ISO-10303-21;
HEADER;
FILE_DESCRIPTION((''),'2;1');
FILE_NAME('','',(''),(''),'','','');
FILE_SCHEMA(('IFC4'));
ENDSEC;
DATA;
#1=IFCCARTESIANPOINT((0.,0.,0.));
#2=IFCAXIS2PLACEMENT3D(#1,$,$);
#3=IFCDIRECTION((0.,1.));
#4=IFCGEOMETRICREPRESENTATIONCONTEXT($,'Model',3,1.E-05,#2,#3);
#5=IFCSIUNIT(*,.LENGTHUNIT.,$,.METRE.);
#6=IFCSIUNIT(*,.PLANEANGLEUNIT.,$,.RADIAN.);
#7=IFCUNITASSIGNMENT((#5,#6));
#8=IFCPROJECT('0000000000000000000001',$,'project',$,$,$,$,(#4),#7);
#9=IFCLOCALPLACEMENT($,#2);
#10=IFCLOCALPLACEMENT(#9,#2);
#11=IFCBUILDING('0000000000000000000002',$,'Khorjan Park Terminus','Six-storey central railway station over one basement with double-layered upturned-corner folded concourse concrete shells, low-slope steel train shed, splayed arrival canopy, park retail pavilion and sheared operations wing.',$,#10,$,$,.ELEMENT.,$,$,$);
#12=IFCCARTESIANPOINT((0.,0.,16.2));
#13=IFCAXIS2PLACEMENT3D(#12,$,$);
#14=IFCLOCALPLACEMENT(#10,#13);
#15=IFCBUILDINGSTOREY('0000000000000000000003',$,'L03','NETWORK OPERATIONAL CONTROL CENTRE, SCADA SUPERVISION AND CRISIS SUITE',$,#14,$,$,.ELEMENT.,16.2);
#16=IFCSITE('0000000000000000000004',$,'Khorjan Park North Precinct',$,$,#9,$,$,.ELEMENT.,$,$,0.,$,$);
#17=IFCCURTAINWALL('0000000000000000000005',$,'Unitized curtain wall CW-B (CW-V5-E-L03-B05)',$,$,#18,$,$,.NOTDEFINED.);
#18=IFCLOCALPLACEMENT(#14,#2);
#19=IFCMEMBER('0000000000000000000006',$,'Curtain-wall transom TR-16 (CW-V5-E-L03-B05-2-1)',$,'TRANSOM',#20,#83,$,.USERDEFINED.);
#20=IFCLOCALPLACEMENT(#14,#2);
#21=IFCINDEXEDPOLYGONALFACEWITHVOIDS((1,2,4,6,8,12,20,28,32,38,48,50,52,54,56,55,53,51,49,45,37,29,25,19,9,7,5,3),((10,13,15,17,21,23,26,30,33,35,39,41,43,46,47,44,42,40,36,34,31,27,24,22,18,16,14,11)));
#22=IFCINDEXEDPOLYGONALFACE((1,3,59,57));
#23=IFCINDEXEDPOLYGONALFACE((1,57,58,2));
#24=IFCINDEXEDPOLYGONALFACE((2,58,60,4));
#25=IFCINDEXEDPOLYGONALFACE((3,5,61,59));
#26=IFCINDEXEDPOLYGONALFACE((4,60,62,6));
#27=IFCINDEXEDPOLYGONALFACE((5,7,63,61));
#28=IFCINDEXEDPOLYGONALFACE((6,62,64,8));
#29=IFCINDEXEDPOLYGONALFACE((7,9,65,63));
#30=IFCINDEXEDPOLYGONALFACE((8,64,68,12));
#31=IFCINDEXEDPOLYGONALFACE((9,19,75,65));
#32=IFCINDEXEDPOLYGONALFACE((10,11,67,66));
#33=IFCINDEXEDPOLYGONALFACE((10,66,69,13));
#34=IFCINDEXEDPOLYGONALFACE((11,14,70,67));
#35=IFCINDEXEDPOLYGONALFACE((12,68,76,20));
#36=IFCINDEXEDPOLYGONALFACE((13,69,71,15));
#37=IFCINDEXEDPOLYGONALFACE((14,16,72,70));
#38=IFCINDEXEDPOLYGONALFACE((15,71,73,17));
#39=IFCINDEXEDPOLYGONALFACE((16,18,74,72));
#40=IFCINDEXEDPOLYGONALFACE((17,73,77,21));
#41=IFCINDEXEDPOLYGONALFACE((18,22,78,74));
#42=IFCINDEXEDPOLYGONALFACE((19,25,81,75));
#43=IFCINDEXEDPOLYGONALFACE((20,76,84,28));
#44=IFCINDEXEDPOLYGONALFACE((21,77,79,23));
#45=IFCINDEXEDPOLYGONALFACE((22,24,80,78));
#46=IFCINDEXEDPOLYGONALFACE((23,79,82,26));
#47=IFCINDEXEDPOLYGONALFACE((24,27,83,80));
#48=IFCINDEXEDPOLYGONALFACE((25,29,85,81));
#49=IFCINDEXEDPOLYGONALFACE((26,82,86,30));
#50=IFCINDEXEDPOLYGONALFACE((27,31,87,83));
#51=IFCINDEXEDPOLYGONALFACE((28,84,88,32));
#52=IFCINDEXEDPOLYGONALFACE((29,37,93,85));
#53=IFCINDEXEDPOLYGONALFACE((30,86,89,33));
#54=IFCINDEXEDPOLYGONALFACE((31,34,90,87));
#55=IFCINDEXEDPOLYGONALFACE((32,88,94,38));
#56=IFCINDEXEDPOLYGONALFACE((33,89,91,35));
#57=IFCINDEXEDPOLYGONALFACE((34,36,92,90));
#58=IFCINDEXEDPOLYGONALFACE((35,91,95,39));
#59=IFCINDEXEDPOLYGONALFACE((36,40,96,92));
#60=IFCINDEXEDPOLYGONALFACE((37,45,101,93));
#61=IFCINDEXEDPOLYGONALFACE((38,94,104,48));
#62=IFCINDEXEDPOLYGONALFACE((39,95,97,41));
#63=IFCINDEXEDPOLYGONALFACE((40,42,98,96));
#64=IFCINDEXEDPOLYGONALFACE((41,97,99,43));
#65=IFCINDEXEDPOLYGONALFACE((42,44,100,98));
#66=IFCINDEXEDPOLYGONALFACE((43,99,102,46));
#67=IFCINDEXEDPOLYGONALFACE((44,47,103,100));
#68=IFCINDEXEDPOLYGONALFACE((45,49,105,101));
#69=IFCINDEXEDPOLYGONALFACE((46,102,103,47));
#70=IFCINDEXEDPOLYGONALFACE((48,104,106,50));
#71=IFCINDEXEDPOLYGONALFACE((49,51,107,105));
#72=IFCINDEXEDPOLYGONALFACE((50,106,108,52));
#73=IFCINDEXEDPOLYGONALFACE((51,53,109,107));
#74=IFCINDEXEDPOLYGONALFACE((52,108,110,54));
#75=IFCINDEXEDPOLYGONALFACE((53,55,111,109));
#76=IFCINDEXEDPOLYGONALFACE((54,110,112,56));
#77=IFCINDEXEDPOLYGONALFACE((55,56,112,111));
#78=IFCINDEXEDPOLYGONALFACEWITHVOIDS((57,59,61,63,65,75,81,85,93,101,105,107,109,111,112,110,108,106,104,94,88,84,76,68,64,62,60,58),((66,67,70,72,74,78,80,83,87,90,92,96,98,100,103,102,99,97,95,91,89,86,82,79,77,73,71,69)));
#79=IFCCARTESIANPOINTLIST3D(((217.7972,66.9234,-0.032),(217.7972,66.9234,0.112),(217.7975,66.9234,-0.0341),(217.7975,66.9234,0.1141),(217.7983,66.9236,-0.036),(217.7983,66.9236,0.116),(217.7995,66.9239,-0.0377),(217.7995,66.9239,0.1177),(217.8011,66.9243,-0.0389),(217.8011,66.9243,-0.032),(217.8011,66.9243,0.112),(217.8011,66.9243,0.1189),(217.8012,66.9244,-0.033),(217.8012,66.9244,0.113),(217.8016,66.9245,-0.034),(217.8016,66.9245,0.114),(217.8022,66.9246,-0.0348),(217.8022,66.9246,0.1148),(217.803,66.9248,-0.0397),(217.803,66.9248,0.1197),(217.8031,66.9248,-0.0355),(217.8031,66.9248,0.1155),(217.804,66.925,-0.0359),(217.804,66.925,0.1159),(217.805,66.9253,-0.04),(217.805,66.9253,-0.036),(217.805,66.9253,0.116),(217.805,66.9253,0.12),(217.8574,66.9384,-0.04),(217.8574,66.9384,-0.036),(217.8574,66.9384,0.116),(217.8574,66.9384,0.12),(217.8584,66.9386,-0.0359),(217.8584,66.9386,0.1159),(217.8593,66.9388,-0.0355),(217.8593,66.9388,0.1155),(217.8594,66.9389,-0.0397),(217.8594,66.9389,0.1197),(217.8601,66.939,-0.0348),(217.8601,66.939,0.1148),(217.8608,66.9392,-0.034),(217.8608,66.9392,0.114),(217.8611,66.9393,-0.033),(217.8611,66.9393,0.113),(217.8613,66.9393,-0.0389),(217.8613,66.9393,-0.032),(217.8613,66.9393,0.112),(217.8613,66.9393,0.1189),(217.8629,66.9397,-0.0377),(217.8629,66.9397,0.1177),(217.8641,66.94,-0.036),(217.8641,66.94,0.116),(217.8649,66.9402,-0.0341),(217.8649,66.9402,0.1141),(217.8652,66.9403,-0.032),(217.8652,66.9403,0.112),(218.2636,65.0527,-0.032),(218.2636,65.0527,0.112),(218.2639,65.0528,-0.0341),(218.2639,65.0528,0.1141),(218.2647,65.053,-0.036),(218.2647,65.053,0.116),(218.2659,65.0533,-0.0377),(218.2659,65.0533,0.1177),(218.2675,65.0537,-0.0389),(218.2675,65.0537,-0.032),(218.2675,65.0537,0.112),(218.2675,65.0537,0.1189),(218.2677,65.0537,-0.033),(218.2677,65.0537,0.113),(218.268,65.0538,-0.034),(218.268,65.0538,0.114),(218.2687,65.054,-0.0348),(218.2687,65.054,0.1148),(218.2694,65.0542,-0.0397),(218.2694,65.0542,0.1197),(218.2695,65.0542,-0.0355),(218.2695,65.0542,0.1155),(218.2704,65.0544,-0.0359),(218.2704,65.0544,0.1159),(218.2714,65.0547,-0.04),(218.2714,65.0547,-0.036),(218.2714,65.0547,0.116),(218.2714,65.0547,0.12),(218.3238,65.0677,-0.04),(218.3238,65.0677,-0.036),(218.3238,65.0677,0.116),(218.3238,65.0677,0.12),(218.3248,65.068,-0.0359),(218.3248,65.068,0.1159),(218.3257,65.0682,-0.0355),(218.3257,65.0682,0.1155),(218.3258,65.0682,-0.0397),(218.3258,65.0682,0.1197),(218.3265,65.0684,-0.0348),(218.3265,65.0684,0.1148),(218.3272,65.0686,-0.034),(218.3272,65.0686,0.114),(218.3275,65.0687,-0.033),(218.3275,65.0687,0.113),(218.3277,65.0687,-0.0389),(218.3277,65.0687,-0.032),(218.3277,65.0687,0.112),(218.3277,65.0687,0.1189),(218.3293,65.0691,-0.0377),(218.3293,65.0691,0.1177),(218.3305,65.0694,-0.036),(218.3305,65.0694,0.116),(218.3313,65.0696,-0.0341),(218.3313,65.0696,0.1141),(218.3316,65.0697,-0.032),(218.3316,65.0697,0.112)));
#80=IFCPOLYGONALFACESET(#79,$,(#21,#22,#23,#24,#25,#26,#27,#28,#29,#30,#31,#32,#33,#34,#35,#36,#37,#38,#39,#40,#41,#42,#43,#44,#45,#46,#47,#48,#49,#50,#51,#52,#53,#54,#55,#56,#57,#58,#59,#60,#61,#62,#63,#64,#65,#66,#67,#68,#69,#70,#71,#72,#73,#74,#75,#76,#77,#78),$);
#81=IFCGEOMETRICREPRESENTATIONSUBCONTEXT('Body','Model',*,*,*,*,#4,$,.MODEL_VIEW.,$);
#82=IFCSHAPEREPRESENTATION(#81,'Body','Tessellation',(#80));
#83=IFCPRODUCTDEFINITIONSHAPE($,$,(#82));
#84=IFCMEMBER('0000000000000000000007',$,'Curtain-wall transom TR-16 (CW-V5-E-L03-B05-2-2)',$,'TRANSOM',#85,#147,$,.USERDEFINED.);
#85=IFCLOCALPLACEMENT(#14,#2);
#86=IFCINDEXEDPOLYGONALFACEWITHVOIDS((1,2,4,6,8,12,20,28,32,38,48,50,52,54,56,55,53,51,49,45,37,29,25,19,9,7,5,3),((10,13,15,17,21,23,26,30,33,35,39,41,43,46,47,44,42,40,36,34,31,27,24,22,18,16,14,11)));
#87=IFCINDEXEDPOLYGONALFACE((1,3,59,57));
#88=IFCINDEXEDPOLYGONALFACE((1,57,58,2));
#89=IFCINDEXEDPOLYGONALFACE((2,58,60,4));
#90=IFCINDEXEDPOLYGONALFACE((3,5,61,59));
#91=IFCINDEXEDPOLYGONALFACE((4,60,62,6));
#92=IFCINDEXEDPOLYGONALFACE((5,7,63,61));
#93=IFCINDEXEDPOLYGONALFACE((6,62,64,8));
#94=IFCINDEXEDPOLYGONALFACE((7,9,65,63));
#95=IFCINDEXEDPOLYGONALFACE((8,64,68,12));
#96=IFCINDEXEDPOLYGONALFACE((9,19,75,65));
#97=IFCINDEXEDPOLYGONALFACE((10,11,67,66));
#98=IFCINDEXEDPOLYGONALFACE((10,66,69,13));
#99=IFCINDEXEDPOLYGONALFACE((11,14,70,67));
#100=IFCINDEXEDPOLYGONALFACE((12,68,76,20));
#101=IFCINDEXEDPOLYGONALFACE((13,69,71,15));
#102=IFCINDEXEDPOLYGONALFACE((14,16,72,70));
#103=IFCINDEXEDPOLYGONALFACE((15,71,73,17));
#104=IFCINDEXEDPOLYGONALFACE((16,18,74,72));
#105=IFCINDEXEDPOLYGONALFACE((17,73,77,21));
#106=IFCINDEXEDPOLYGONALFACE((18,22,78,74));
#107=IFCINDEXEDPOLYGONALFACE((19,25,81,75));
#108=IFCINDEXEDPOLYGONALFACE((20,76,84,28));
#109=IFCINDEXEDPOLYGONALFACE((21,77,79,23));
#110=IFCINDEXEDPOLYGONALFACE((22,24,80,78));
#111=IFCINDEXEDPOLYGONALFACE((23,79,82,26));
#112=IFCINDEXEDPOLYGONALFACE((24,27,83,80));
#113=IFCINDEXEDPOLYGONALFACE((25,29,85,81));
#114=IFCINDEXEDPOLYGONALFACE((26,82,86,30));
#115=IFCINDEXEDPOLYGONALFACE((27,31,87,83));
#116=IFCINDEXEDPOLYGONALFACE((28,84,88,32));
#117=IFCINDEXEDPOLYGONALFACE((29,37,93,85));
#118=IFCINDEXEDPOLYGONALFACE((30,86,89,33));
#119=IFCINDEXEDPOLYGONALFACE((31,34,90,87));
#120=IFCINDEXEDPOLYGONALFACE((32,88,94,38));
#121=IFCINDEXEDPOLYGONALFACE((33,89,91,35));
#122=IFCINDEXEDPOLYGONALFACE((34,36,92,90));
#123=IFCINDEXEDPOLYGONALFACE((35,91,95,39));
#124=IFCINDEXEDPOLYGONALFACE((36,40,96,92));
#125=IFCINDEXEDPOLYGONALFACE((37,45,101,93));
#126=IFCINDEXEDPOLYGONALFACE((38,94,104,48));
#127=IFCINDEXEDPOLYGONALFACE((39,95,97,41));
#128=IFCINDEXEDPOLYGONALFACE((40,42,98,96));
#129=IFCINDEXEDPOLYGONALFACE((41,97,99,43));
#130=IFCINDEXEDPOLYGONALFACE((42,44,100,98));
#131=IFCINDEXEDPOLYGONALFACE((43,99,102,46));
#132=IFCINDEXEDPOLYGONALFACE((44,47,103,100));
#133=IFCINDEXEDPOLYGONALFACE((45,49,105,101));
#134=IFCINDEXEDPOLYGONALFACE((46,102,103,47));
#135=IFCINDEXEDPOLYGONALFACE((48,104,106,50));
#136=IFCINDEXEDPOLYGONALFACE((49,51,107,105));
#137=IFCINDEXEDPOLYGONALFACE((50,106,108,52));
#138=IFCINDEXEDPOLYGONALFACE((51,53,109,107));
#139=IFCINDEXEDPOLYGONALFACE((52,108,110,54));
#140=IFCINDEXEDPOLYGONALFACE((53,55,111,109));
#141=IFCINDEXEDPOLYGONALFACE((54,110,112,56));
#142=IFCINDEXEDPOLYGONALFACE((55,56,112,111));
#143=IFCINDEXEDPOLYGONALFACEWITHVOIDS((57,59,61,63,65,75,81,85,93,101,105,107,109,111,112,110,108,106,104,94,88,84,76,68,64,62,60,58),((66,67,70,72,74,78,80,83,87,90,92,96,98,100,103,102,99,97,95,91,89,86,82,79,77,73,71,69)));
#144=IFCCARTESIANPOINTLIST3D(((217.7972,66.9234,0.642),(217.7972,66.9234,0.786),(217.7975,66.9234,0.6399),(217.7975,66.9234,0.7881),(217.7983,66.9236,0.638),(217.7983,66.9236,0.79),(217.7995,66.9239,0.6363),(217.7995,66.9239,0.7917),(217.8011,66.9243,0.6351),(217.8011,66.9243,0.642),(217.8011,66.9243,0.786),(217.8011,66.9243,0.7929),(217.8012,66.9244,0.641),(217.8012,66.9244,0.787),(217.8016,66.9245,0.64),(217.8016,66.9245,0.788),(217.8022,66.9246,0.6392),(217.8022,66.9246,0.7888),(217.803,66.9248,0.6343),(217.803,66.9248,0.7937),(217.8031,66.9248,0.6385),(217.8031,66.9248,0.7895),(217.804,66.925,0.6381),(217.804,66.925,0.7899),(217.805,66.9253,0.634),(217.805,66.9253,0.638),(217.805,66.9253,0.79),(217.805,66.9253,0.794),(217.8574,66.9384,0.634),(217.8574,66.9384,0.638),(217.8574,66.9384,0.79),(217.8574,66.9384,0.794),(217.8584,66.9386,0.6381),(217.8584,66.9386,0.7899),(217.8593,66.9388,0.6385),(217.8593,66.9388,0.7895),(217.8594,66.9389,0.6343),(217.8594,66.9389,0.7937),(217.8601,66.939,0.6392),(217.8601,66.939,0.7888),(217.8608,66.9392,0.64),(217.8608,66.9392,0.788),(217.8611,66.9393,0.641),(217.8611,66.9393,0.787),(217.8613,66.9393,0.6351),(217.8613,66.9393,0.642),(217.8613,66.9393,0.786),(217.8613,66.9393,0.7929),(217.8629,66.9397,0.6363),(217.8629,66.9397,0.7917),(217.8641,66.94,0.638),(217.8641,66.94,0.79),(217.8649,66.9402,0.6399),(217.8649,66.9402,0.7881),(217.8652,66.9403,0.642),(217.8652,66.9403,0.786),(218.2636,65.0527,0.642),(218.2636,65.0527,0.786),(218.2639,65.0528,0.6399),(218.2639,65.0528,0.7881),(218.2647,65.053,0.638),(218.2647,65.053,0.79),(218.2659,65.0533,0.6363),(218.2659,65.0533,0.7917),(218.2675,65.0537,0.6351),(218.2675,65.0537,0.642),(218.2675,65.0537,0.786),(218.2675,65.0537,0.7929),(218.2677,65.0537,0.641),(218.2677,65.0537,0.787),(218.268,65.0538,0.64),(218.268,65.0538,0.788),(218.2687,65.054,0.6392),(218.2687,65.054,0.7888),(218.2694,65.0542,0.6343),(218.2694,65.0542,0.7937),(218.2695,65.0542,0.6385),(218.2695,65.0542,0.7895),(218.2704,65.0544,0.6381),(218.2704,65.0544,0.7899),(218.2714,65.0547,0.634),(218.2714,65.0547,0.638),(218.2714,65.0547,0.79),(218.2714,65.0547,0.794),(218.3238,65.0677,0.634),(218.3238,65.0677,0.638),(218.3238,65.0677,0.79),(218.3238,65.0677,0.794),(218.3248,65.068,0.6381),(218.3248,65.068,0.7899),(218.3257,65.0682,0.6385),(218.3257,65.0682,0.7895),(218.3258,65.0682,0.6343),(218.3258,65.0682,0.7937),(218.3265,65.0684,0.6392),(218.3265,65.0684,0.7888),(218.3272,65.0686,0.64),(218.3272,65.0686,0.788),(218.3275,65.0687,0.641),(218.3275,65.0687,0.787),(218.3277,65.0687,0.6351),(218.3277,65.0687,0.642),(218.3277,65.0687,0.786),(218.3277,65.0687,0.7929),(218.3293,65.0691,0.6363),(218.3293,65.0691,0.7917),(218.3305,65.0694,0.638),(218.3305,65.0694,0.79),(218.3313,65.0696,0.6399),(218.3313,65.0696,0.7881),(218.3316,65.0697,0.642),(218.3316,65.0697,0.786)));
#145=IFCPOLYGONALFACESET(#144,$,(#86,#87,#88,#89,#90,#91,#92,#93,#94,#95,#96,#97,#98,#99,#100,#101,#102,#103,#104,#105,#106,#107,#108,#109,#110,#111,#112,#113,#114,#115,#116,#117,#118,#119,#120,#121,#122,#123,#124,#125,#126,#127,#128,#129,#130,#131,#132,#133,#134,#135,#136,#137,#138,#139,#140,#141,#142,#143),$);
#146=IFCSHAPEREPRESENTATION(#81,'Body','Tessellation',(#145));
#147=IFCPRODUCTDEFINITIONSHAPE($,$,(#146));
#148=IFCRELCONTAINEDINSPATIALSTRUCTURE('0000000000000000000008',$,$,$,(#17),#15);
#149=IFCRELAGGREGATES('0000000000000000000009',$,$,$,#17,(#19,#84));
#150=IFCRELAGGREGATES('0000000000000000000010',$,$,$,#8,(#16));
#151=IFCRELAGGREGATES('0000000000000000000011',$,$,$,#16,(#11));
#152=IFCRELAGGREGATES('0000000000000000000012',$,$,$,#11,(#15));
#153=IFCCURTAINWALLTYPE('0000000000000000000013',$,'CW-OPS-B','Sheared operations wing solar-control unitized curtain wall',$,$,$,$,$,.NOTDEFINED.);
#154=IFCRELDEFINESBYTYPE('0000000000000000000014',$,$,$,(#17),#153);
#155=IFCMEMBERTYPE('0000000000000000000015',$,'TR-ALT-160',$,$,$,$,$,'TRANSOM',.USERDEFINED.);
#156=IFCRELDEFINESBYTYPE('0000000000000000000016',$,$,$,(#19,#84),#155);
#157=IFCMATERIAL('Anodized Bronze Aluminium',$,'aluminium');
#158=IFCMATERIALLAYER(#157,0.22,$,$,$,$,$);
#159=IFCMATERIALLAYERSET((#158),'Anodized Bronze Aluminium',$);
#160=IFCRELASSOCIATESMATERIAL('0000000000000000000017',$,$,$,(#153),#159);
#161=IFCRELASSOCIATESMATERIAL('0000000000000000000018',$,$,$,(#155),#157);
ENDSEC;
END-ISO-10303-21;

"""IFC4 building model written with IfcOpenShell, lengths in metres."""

from ifc_helpers import new_model, si_unit, direction, frame, origin, origin_2d, place, context, subcontext, project, spatial, hollow_rectangle, extrude, material, layer, layer_set, material_profile, profile_set, type_object, element, aggregate, save


model = new_model("IFC4")

# Units and contexts
model_context = context("Model", 3, precision=1e-05, world=origin(), true_north=direction((0.0, 1.0)))
body_context = subcontext(model_context, "Body", "Model", "MODEL_VIEW")
ifc_project = project(units=[si_unit("LENGTHUNIT", "METRE"), si_unit("PLANEANGLEUNIT", "RADIAN")], contexts=[model_context])

# Site, building, storey
site_placement = place(None, origin())
site = spatial("IfcSite", under=ifc_project, at=site_placement, Name="Khorjan Park North Precinct", CompositionType="ELEMENT", RefElevation=0.0)
building_placement = place(site_placement, origin())
building = spatial("IfcBuilding", under=site, at=building_placement, Name="Khorjan Park Terminus", Description="Six-storey central railway station over one basement with double-layered upturned-corner folded concourse concrete shells, low-slope steel train shed, splayed arrival canopy, park retail pavilion and sheared operations wing.", CompositionType="ELEMENT")
storey_placement = place(building_placement, frame((0.0, 0.0, 16.2)))
storey = spatial("IfcBuildingStorey", under=building, at=storey_placement, Name="L03", Description="NETWORK OPERATIONAL CONTROL CENTRE, SCADA SUPERVISION AND CRISIS SUITE", CompositionType="ELEMENT", Elevation=16.2)

# Curtain wall, members
ifc_material_1 = material(Name="Anodized Bronze Aluminium", Category="aluminium")
ifc_layer_1 = layer(ifc_material_1, 0.22)
ifc_layer_set_1 = layer_set([ifc_layer_1], Name="Anodized Bronze Aluminium")
curtain_wall_type = type_object("IfcCurtainWallType", Name="CW-OPS-B", Description="Sheared operations wing solar-control unitized curtain wall", PredefinedType="NOTDEFINED", material=ifc_layer_set_1)
curtain_wall_placement = place(storey_placement, origin())
curtain_wall = element("IfcCurtainWall", 1, at=curtain_wall_placement, inside=storey, type_object=curtain_wall_type, Name="Unitized curtain wall CW-B (CW-V5-E-L03-B05)", PredefinedType="NOTDEFINED")
ifc_material_profile_1 = material_profile(ifc_material_1, hollow_rectangle(XDim=0.07, YDim=0.16, WallThickness=0.004, InnerFilletRadius=0.004, OuterFilletRadius=0.008, at=origin_2d()), Name="ALT 70x160x4")
ifc_profile_set_1 = profile_set([ifc_material_profile_1], Name="Anodized Bronze Aluminium")
member_type_1 = type_object("IfcMemberType", Name="TR-ALT-160", ElementType="TRANSOM", PredefinedType="USERDEFINED", material=ifc_profile_set_1)
member_1_placement = place(storey_placement, frame((218.2976, 65.0612, 0.04), z_axis=(-0.241925, 0.970295, 0.0), x_axis=(-0.970295, -0.241925, 0.0)))
member_1 = element("IfcMember", 2, at=member_1_placement, type_object=member_type_1, Name="Curtain-wall transom TR-16 (CW-V5-E-L03-B05-2-1)", ObjectType="TRANSOM", PredefinedType="USERDEFINED", context=body_context, shape_type="SweptSolid", body=[
    extrude(hollow_rectangle(XDim=0.07, YDim=0.16, WallThickness=0.004, InnerFilletRadius=0.004, OuterFilletRadius=0.008, at=origin_2d()), origin(), (0.0, 0.0, 1.0), 1.9279),
])
member_2_placement = place(storey_placement, frame((218.2976, 65.0612, 0.714), z_axis=(-0.241925, 0.970295, 0.0), x_axis=(-0.970295, -0.241925, 0.0)))
member_2 = element("IfcMember", 3, at=member_2_placement, type_object=member_type_1, Name="Curtain-wall transom TR-16 (CW-V5-E-L03-B05-2-2)", ObjectType="TRANSOM", PredefinedType="USERDEFINED", context=body_context, shape_type="SweptSolid", body=[
    extrude(hollow_rectangle(XDim=0.07, YDim=0.16, WallThickness=0.004, InnerFilletRadius=0.004, OuterFilletRadius=0.008, at=origin_2d()), origin(), (0.0, 0.0, 1.0), 1.9279),
])
aggregate(curtain_wall, [member_1, member_2])

save(model, "model.ifc")
